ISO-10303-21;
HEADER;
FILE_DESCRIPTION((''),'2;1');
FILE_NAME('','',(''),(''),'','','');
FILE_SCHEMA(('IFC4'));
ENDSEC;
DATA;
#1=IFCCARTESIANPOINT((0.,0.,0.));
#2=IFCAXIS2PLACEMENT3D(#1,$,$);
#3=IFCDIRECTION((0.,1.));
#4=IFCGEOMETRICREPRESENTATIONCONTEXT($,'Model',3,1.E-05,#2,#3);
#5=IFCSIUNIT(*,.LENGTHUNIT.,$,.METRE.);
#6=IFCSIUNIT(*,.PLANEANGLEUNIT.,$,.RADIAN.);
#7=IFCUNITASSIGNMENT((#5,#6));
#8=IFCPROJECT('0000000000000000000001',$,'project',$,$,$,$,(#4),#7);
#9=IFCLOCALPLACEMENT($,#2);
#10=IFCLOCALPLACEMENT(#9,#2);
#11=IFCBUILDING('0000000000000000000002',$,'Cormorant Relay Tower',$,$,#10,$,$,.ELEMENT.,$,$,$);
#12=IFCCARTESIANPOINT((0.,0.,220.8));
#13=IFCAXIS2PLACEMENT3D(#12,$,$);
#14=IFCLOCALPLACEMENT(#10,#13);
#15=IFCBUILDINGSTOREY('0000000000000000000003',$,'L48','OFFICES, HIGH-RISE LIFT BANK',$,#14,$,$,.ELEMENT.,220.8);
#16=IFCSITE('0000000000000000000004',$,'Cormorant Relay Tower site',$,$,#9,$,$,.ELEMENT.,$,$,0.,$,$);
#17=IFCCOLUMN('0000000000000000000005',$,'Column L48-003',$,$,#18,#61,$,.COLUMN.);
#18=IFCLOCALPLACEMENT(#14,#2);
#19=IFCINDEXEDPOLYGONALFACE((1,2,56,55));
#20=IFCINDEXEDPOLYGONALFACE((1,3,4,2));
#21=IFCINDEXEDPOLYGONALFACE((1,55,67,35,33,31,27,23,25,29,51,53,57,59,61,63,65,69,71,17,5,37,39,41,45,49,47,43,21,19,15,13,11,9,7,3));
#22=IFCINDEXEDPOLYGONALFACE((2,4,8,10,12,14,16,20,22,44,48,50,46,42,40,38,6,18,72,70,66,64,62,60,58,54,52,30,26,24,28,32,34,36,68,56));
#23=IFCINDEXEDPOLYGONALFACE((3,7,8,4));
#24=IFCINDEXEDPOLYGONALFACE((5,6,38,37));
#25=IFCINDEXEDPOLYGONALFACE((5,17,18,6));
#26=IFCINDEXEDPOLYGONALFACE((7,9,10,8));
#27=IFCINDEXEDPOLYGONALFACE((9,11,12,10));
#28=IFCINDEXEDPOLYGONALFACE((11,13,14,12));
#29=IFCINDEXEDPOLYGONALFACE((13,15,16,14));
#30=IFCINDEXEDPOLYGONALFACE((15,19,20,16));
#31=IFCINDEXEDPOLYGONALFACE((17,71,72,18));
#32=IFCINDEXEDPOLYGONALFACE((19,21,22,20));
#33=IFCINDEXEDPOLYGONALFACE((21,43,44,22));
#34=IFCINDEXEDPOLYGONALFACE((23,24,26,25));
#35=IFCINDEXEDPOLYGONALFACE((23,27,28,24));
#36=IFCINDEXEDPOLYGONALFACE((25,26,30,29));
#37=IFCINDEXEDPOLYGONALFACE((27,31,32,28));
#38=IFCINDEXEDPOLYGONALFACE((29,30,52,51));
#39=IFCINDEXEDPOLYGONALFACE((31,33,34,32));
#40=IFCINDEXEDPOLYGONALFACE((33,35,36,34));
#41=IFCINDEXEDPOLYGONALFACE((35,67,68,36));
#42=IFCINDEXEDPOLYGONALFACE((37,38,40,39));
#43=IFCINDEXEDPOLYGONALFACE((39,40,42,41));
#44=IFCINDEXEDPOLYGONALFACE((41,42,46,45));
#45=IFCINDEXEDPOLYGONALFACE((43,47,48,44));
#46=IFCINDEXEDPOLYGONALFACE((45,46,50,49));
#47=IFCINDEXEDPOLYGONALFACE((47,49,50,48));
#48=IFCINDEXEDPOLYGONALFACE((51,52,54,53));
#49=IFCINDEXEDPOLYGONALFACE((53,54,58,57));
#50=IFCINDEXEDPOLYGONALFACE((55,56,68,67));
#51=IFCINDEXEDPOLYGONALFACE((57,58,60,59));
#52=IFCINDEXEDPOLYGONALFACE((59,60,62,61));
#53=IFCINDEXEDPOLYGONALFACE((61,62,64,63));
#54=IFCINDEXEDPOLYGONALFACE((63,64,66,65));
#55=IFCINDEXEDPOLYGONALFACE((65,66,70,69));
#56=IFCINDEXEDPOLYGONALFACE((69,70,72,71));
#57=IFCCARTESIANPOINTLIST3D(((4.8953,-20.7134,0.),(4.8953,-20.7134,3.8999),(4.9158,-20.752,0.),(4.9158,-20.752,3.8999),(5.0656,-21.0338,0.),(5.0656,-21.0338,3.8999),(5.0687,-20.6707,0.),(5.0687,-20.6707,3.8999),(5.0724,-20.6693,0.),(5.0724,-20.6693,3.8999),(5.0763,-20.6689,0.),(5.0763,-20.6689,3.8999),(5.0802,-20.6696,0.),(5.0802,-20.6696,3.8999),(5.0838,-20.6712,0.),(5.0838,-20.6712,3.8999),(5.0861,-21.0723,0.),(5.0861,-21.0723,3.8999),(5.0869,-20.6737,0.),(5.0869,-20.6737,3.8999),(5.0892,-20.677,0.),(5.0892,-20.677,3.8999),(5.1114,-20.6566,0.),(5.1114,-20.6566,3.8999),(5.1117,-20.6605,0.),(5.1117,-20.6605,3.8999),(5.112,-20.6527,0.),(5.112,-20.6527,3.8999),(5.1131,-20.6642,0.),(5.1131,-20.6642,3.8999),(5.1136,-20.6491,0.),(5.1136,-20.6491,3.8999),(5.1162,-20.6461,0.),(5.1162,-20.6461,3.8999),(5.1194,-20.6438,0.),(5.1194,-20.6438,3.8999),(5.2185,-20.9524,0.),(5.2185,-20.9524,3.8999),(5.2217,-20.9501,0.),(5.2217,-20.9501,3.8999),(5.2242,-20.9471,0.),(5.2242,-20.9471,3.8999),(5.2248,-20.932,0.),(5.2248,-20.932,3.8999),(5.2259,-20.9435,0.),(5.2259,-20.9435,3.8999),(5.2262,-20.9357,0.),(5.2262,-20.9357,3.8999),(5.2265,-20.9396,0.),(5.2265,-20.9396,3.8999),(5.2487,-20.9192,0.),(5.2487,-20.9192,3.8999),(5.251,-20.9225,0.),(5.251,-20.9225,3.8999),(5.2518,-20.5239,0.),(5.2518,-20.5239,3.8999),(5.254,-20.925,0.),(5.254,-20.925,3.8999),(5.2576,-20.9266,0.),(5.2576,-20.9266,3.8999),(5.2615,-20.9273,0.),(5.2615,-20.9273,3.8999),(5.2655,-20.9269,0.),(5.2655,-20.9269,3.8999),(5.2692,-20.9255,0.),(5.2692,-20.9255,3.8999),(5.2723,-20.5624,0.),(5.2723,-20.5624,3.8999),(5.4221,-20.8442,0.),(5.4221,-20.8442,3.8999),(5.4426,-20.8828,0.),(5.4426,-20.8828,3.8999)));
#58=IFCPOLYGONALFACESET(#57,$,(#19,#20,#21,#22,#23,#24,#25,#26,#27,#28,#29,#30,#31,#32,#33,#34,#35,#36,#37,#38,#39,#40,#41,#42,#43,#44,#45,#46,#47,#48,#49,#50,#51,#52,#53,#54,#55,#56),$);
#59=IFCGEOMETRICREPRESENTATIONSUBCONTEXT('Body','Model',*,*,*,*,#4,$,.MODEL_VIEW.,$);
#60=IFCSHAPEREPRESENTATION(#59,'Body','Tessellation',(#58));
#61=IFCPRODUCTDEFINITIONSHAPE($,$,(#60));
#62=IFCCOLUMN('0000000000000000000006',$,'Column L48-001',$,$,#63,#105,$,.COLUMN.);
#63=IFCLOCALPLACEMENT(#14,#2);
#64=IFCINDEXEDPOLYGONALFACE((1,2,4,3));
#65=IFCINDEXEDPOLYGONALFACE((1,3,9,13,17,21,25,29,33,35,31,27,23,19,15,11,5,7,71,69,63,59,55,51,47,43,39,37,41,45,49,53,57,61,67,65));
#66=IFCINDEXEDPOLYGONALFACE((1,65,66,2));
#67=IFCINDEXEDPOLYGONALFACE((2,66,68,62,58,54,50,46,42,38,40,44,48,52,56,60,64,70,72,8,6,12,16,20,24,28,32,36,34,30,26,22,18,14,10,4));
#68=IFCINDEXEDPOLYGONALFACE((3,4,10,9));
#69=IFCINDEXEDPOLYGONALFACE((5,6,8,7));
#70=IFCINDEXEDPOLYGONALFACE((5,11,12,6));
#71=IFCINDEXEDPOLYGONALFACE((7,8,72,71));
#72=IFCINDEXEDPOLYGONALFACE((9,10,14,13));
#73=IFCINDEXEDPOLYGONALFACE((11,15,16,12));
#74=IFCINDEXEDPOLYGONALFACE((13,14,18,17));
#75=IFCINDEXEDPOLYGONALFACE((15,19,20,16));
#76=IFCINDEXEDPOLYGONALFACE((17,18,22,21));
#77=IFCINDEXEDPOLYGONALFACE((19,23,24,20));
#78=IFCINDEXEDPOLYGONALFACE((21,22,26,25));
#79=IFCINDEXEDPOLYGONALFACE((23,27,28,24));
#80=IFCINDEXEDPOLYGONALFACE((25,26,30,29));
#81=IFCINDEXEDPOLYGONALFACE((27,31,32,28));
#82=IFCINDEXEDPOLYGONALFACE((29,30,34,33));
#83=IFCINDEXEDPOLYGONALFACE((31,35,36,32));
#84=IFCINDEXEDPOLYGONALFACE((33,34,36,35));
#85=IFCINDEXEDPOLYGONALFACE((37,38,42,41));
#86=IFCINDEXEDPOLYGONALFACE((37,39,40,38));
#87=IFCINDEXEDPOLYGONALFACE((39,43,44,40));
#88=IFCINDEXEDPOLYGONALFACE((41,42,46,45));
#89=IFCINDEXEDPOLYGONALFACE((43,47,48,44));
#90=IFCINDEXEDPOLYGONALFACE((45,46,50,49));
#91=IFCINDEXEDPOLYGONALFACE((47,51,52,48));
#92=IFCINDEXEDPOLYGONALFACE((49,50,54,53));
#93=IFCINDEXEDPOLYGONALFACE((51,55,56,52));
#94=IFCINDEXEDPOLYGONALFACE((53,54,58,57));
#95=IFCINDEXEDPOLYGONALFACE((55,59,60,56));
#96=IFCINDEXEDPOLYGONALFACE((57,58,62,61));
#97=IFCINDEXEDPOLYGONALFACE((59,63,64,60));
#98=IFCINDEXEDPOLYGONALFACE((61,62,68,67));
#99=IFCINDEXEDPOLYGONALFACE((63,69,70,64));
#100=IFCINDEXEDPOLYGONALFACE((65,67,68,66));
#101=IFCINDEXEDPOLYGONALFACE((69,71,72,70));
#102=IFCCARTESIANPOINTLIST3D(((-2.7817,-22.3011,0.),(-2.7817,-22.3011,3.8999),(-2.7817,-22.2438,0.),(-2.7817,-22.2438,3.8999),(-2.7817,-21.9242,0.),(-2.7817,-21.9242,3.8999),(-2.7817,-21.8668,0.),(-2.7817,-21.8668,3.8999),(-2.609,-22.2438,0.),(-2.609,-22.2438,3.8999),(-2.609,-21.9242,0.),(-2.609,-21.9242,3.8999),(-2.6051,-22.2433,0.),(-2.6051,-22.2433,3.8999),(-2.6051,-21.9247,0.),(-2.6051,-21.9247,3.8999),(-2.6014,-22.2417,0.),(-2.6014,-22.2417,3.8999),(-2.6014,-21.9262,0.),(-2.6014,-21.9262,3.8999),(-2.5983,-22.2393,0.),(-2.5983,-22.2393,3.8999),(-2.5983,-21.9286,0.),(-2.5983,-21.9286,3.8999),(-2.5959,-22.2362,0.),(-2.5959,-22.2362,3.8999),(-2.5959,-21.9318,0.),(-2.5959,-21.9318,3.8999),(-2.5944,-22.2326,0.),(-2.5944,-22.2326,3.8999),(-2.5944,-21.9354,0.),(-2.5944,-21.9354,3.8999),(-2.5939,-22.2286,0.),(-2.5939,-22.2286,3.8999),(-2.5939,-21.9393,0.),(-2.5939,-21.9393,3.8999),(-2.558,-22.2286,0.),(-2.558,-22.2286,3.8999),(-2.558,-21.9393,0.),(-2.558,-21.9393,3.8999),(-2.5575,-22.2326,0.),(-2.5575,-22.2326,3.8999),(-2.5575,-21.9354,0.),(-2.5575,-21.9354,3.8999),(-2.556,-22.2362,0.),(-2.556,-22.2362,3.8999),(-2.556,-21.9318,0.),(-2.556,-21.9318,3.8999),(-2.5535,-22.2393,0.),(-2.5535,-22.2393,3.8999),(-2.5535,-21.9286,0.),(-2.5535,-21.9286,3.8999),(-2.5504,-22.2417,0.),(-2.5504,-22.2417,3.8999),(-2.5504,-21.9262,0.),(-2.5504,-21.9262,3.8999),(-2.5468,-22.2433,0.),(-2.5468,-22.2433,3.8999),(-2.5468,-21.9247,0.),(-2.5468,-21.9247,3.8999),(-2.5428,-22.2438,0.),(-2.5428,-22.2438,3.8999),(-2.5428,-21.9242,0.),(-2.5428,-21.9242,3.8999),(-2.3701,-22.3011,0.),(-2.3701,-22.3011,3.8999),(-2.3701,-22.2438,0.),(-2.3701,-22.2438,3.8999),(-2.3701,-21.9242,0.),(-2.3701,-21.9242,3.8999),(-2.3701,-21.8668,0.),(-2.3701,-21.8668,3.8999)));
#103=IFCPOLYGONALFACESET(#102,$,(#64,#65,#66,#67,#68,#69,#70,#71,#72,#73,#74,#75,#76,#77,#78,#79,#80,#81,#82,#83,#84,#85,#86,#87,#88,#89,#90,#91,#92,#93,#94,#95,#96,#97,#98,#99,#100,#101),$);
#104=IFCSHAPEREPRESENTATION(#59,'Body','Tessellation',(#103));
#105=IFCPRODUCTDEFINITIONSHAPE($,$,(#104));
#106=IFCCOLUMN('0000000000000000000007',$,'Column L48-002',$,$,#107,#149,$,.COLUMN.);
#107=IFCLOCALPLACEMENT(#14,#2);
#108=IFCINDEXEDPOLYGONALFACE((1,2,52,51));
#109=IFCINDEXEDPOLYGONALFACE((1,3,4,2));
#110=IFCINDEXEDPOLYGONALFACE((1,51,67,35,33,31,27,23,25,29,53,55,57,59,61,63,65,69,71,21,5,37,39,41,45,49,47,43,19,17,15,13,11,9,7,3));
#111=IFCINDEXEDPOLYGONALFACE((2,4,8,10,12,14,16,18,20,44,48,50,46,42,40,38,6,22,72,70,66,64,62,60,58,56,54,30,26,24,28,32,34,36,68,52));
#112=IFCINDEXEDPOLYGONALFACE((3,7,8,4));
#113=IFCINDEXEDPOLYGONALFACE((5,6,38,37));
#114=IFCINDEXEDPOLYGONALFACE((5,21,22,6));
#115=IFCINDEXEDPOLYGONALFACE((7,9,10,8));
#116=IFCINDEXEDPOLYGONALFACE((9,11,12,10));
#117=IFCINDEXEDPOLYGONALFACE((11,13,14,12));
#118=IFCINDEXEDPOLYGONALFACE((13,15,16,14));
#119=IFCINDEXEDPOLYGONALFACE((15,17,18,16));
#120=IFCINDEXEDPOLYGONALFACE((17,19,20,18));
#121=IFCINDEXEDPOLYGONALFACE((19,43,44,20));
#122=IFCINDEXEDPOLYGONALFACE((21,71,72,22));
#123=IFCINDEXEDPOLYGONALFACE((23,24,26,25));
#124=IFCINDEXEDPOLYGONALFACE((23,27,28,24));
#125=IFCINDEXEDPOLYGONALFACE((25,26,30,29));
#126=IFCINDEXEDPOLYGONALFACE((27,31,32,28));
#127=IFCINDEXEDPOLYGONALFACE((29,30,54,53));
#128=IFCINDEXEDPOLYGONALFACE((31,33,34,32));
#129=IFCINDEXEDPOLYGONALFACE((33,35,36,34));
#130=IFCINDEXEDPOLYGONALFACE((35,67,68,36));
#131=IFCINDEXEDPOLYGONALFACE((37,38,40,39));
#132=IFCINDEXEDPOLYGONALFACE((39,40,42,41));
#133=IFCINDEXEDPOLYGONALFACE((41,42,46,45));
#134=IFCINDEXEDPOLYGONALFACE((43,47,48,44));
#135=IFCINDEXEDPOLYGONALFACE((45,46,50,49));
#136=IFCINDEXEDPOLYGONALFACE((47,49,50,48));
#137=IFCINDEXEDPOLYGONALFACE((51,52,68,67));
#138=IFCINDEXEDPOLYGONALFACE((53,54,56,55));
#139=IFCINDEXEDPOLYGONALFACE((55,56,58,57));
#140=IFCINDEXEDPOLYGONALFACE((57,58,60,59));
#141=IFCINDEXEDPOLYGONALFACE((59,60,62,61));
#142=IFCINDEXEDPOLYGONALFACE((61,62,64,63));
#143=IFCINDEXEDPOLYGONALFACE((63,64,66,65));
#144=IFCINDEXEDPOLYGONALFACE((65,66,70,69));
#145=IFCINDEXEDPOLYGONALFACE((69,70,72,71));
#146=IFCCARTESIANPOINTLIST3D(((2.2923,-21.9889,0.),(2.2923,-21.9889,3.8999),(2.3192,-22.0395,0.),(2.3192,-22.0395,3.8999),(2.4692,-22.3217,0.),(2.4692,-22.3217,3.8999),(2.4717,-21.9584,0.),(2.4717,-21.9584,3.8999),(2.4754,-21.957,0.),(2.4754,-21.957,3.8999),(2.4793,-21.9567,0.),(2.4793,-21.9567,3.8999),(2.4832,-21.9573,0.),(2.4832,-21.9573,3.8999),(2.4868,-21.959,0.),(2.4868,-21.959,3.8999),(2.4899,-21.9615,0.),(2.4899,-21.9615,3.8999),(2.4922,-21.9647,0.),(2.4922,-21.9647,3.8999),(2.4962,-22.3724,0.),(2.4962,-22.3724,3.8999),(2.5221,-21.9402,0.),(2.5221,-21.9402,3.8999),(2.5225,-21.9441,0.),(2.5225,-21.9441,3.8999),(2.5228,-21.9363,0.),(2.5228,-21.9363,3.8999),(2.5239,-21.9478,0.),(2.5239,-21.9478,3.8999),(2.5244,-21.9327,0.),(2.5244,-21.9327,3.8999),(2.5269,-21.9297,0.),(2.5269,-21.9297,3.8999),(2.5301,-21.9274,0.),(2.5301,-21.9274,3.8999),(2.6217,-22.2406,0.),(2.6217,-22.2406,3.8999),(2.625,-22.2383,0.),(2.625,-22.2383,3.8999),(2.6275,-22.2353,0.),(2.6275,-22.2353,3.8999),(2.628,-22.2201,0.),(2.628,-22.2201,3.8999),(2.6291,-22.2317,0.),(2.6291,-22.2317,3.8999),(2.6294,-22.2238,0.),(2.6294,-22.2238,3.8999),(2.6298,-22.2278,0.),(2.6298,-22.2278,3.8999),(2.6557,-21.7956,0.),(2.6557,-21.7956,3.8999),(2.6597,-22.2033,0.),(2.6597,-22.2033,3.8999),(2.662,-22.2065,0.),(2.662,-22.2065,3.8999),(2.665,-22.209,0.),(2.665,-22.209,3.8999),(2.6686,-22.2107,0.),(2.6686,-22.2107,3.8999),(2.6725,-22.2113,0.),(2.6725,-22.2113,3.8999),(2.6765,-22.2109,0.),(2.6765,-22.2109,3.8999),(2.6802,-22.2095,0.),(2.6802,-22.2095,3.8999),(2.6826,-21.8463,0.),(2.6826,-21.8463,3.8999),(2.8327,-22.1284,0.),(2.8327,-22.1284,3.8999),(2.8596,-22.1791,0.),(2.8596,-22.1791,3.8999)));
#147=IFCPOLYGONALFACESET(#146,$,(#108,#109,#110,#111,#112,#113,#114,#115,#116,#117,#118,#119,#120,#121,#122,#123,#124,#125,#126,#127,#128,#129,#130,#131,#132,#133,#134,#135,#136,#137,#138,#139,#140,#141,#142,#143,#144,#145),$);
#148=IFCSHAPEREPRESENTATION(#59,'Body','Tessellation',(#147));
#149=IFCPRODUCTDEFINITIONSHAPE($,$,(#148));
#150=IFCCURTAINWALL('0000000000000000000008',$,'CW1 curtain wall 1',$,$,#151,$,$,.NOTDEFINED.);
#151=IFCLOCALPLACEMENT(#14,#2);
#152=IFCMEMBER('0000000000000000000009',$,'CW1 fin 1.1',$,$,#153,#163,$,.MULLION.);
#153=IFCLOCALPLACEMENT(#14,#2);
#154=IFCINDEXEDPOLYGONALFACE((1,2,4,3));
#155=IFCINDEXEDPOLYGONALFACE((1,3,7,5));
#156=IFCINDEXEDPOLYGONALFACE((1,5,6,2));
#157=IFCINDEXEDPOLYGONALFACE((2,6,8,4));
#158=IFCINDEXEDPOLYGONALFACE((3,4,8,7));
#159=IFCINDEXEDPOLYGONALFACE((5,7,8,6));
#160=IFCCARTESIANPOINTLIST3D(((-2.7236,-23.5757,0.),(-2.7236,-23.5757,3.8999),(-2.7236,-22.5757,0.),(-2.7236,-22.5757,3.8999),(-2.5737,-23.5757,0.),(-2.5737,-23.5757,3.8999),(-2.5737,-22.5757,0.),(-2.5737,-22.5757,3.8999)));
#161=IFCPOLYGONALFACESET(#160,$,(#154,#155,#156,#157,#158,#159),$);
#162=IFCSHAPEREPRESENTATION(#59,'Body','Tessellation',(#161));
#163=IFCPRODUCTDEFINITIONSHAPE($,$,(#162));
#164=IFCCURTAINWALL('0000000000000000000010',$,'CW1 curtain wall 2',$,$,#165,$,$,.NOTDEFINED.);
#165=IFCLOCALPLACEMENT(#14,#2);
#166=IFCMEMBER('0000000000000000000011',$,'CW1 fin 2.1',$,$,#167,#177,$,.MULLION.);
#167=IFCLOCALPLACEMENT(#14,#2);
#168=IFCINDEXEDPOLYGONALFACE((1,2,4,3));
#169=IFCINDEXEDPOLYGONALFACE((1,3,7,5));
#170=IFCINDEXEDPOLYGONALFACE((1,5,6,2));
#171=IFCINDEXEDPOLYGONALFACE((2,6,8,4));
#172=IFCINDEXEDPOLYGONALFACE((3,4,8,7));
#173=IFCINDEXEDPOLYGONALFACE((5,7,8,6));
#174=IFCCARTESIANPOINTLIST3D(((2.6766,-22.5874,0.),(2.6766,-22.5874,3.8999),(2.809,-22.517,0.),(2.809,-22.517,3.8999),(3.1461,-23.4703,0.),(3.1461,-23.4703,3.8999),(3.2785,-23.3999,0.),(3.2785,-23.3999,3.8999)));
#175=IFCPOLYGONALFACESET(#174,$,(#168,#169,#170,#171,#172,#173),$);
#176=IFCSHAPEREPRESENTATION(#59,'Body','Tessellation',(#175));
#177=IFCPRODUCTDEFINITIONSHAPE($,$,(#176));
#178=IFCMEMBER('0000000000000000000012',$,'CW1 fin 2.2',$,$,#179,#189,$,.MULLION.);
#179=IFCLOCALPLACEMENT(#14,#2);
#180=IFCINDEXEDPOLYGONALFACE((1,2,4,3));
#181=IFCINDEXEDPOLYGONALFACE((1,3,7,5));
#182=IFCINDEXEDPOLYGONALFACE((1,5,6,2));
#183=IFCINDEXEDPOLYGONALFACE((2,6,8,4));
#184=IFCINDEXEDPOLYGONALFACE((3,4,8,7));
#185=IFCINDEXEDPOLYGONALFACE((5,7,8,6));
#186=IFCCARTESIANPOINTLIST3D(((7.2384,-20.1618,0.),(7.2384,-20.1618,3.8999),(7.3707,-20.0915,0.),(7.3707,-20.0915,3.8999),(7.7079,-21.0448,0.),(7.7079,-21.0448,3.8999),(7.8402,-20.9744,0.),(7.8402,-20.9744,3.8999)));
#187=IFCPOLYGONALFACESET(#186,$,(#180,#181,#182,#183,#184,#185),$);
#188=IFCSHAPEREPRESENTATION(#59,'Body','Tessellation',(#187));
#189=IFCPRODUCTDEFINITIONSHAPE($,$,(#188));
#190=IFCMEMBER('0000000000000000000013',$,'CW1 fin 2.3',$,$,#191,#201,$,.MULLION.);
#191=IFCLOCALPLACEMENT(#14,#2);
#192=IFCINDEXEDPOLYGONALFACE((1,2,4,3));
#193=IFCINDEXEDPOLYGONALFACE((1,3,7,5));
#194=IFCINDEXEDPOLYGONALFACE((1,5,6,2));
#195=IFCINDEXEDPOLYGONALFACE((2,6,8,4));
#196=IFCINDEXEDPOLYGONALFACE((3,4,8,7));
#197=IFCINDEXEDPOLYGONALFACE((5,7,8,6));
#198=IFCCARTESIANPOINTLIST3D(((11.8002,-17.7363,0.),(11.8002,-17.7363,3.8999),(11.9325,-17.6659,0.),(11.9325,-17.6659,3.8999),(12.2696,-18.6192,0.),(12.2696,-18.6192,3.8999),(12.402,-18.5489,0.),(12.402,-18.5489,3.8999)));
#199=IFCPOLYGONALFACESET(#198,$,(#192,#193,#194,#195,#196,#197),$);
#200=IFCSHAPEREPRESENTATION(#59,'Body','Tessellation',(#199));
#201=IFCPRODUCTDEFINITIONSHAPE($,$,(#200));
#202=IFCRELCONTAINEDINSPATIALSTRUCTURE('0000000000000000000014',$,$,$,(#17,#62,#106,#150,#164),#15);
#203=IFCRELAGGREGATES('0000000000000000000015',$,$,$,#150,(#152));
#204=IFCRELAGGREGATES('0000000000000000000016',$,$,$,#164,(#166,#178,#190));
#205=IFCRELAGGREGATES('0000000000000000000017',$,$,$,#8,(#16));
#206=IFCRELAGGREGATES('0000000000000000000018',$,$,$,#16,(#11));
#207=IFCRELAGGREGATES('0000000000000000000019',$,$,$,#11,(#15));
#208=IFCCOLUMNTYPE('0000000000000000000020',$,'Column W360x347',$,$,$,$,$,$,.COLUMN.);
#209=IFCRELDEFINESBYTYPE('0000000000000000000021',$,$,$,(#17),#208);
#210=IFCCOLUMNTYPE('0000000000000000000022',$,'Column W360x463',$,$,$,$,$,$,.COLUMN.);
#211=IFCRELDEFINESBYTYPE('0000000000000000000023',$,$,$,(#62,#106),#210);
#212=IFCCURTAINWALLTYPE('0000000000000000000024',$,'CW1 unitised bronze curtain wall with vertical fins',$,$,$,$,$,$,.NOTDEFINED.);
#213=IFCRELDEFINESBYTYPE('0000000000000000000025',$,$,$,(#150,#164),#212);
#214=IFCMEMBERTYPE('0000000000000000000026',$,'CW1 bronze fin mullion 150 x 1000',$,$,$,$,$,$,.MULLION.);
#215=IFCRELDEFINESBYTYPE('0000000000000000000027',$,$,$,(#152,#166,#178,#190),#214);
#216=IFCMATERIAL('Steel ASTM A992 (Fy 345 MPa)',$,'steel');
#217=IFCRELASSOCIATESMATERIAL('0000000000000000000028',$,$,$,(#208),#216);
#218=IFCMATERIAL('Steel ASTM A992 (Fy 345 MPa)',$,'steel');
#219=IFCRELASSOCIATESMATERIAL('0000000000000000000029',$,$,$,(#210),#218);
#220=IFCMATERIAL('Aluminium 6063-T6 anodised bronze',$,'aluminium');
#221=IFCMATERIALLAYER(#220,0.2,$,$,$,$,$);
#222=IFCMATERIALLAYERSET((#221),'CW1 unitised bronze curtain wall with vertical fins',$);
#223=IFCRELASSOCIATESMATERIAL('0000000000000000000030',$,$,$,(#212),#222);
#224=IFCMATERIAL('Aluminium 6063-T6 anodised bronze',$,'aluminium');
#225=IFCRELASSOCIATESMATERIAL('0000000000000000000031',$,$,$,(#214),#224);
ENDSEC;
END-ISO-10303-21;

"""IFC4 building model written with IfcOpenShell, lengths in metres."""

from ifc_helpers import new_model, si_unit, direction, frame, origin, origin_2d, place, context, subcontext, project, spatial, rectangle, i_section, extrude, material, layer, layer_set, material_profile, profile_set, type_object, element, aggregate, save


model = new_model("IFC4")

# Units and contexts
model_context = context("Model", 3, precision=1e-05, world=origin(), true_north=direction((0.0, 1.0)))
body_context = subcontext(model_context, "Body", "Model", "MODEL_VIEW")
ifc_project = project(units=[si_unit("LENGTHUNIT", "METRE"), si_unit("PLANEANGLEUNIT", "RADIAN")], contexts=[model_context])

# Site, building, storey
site_placement = place(None, origin())
site = spatial("IfcSite", under=ifc_project, at=site_placement, Name="Cormorant Relay Tower site", CompositionType="ELEMENT", RefElevation=0.0)
building_placement = place(site_placement, origin())
building = spatial("IfcBuilding", under=site, at=building_placement, Name="Cormorant Relay Tower", CompositionType="ELEMENT")
storey_placement = place(building_placement, frame((0.0, 0.0, 220.8)))
storey = spatial("IfcBuildingStorey", under=building, at=storey_placement, Name="L48", Description="OFFICES, HIGH-RISE LIFT BANK", CompositionType="ELEMENT", Elevation=220.8)

# Columns
ifc_material_1 = material(Name="Steel ASTM A992 (Fy 345 MPa)", Category="steel")
ifc_material_profile_1 = material_profile(ifc_material_1, i_section(OverallWidth=0.4038, OverallDepth=0.4065, WebThickness=0.0271, FlangeThickness=0.0437, FilletRadius=0.0151, at=origin_2d()), Name="W360x347")
ifc_profile_set_1 = profile_set([ifc_material_profile_1], Name="Steel ASTM A992 (Fy 345 MPa)")
column_type_1 = type_object("IfcColumnType", Name="Column W360x347", PredefinedType="COLUMN", material=ifc_profile_set_1)
column_placement = place(storey_placement, frame((5.1689, -20.7981, 0.0), z_axis=(0.0, 0.0, 1.0), x_axis=(0.882948, 0.469472, 0.0)))
element("IfcColumn", 1, at=column_placement, inside=storey, type_object=column_type_1, Name="Column L48-003", PredefinedType="COLUMN", context=body_context, shape_type="SweptSolid", body=[
    extrude(i_section(OverallWidth=0.4038, OverallDepth=0.4065, WebThickness=0.0271, FlangeThickness=0.0437, FilletRadius=0.0151, at=origin_2d()), origin(), (0.0, 0.0, 1.0), 3.8999),
])
ifc_material_2 = material(Name="Steel ASTM A992 (Fy 345 MPa)", Category="steel")
ifc_material_profile_2 = material_profile(ifc_material_2, i_section(OverallWidth=0.4116, OverallDepth=0.4343, WebThickness=0.0359, FlangeThickness=0.0574, FilletRadius=0.0151, at=origin_2d()), Name="W360x463")
ifc_profile_set_2 = profile_set([ifc_material_profile_2], Name="Steel ASTM A992 (Fy 345 MPa)")
column_type_2 = type_object("IfcColumnType", Name="Column W360x463", PredefinedType="COLUMN", material=ifc_profile_set_2)
for number, where, z_axis, x_axis, name in (
    (2, (-2.5759, -22.084, 0.0), (0.0, 0.0, 1.0), (1.0, 0.0, 0.0), "Column L48-001"),
    (3, (2.5759, -22.084, 0.0), (0.0, 0.0, 1.0), (0.882948, 0.469472, 0.0), "Column L48-002"),
):
    element("IfcColumn", number, at=place(storey_placement, frame(where, z_axis=z_axis, x_axis=x_axis)), inside=storey, type_object=column_type_2, Name=name, PredefinedType="COLUMN", context=body_context, shape_type="SweptSolid", body=[
        extrude(i_section(OverallWidth=0.4116, OverallDepth=0.4343, WebThickness=0.0359, FlangeThickness=0.0574, FilletRadius=0.0151, at=origin_2d()), origin(), (0.0, 0.0, 1.0), 3.8999),
    ])

# Curtain wall, member
ifc_material_3 = material(Name="Aluminium 6063-T6 anodised bronze", Category="aluminium")
ifc_layer_1 = layer(ifc_material_3, 0.2)
ifc_layer_set_1 = layer_set([ifc_layer_1], Name="CW1 unitised bronze curtain wall with vertical fins")
curtain_wall_type = type_object("IfcCurtainWallType", Name="CW1 unitised bronze curtain wall with vertical fins", PredefinedType="NOTDEFINED", material=ifc_layer_set_1)
curtain_wall_1_placement = place(storey_placement, origin())
curtain_wall_1 = element("IfcCurtainWall", 4, at=curtain_wall_1_placement, inside=storey, type_object=curtain_wall_type, Name="CW1 curtain wall 1", PredefinedType="NOTDEFINED")
ifc_material_4 = material(Name="Aluminium 6063-T6 anodised bronze", Category="aluminium")
ifc_material_profile_3 = material_profile(ifc_material_4, rectangle(XDim=0.1499, YDim=1.0, at=origin_2d()), Name="AL 150x1000")
ifc_profile_set_3 = profile_set([ifc_material_profile_3], Name="Aluminium 6063-T6 anodised bronze")
member_type_1 = type_object("IfcMemberType", Name="CW1 bronze fin mullion 150 x 1000", PredefinedType="MULLION", material=ifc_profile_set_3)
member_1_placement = place(storey_placement, frame((-2.6487, -23.0757, 0.0), z_axis=(0.0, 0.0, 1.0), x_axis=(1.0, 0.0, 0.0)))
member_1 = element("IfcMember", 5, at=member_1_placement, type_object=member_type_1, Name="CW1 fin 1.1", PredefinedType="MULLION", context=body_context, shape_type="SweptSolid", body=[
    extrude(rectangle(XDim=0.1499, YDim=1.0, at=origin_2d()), origin(), (0.0, 0.0, 1.0), 3.8999),
])

# Curtain wall, members
curtain_wall_2_placement = place(storey_placement, origin())
curtain_wall_2 = element("IfcCurtainWall", 6, at=curtain_wall_2_placement, inside=storey, type_object=curtain_wall_type, Name="CW1 curtain wall 2", PredefinedType="NOTDEFINED")
member_2_placement = place(storey_placement, frame((2.9775, -22.9937, 0.0), z_axis=(0.0, 0.0, 1.0), x_axis=(0.882948, 0.469472, 0.0)))
member_2 = element("IfcMember", 7, at=member_2_placement, type_object=member_type_1, Name="CW1 fin 2.1", PredefinedType="MULLION", context=body_context, shape_type="SweptSolid", body=[
    extrude(rectangle(XDim=0.1499, YDim=1.0, at=origin_2d()), origin(), (0.0, 0.0, 1.0), 3.8999),
])
member_3_placement = place(storey_placement, frame((7.5393, -20.5681, 0.0), z_axis=(0.0, 0.0, 1.0), x_axis=(0.882948, 0.469472, 0.0)))
member_3 = element("IfcMember", 8, at=member_3_placement, type_object=member_type_1, Name="CW1 fin 2.2", PredefinedType="MULLION", context=body_context, shape_type="SweptSolid", body=[
    extrude(rectangle(XDim=0.1499, YDim=1.0, at=origin_2d()), origin(), (0.0, 0.0, 1.0), 3.8999),
])
member_4_placement = place(storey_placement, frame((12.1011, -18.1426, 0.0), z_axis=(0.0, 0.0, 1.0), x_axis=(0.882948, 0.469472, 0.0)))
member_4 = element("IfcMember", 9, at=member_4_placement, type_object=member_type_1, Name="CW1 fin 2.3", PredefinedType="MULLION", context=body_context, shape_type="SweptSolid", body=[
    extrude(rectangle(XDim=0.1499, YDim=1.0, at=origin_2d()), origin(), (0.0, 0.0, 1.0), 3.8999),
])

aggregate(curtain_wall_1, [member_1])
aggregate(curtain_wall_2, [member_2, member_3, member_4])

save(model, "model.ifc")
